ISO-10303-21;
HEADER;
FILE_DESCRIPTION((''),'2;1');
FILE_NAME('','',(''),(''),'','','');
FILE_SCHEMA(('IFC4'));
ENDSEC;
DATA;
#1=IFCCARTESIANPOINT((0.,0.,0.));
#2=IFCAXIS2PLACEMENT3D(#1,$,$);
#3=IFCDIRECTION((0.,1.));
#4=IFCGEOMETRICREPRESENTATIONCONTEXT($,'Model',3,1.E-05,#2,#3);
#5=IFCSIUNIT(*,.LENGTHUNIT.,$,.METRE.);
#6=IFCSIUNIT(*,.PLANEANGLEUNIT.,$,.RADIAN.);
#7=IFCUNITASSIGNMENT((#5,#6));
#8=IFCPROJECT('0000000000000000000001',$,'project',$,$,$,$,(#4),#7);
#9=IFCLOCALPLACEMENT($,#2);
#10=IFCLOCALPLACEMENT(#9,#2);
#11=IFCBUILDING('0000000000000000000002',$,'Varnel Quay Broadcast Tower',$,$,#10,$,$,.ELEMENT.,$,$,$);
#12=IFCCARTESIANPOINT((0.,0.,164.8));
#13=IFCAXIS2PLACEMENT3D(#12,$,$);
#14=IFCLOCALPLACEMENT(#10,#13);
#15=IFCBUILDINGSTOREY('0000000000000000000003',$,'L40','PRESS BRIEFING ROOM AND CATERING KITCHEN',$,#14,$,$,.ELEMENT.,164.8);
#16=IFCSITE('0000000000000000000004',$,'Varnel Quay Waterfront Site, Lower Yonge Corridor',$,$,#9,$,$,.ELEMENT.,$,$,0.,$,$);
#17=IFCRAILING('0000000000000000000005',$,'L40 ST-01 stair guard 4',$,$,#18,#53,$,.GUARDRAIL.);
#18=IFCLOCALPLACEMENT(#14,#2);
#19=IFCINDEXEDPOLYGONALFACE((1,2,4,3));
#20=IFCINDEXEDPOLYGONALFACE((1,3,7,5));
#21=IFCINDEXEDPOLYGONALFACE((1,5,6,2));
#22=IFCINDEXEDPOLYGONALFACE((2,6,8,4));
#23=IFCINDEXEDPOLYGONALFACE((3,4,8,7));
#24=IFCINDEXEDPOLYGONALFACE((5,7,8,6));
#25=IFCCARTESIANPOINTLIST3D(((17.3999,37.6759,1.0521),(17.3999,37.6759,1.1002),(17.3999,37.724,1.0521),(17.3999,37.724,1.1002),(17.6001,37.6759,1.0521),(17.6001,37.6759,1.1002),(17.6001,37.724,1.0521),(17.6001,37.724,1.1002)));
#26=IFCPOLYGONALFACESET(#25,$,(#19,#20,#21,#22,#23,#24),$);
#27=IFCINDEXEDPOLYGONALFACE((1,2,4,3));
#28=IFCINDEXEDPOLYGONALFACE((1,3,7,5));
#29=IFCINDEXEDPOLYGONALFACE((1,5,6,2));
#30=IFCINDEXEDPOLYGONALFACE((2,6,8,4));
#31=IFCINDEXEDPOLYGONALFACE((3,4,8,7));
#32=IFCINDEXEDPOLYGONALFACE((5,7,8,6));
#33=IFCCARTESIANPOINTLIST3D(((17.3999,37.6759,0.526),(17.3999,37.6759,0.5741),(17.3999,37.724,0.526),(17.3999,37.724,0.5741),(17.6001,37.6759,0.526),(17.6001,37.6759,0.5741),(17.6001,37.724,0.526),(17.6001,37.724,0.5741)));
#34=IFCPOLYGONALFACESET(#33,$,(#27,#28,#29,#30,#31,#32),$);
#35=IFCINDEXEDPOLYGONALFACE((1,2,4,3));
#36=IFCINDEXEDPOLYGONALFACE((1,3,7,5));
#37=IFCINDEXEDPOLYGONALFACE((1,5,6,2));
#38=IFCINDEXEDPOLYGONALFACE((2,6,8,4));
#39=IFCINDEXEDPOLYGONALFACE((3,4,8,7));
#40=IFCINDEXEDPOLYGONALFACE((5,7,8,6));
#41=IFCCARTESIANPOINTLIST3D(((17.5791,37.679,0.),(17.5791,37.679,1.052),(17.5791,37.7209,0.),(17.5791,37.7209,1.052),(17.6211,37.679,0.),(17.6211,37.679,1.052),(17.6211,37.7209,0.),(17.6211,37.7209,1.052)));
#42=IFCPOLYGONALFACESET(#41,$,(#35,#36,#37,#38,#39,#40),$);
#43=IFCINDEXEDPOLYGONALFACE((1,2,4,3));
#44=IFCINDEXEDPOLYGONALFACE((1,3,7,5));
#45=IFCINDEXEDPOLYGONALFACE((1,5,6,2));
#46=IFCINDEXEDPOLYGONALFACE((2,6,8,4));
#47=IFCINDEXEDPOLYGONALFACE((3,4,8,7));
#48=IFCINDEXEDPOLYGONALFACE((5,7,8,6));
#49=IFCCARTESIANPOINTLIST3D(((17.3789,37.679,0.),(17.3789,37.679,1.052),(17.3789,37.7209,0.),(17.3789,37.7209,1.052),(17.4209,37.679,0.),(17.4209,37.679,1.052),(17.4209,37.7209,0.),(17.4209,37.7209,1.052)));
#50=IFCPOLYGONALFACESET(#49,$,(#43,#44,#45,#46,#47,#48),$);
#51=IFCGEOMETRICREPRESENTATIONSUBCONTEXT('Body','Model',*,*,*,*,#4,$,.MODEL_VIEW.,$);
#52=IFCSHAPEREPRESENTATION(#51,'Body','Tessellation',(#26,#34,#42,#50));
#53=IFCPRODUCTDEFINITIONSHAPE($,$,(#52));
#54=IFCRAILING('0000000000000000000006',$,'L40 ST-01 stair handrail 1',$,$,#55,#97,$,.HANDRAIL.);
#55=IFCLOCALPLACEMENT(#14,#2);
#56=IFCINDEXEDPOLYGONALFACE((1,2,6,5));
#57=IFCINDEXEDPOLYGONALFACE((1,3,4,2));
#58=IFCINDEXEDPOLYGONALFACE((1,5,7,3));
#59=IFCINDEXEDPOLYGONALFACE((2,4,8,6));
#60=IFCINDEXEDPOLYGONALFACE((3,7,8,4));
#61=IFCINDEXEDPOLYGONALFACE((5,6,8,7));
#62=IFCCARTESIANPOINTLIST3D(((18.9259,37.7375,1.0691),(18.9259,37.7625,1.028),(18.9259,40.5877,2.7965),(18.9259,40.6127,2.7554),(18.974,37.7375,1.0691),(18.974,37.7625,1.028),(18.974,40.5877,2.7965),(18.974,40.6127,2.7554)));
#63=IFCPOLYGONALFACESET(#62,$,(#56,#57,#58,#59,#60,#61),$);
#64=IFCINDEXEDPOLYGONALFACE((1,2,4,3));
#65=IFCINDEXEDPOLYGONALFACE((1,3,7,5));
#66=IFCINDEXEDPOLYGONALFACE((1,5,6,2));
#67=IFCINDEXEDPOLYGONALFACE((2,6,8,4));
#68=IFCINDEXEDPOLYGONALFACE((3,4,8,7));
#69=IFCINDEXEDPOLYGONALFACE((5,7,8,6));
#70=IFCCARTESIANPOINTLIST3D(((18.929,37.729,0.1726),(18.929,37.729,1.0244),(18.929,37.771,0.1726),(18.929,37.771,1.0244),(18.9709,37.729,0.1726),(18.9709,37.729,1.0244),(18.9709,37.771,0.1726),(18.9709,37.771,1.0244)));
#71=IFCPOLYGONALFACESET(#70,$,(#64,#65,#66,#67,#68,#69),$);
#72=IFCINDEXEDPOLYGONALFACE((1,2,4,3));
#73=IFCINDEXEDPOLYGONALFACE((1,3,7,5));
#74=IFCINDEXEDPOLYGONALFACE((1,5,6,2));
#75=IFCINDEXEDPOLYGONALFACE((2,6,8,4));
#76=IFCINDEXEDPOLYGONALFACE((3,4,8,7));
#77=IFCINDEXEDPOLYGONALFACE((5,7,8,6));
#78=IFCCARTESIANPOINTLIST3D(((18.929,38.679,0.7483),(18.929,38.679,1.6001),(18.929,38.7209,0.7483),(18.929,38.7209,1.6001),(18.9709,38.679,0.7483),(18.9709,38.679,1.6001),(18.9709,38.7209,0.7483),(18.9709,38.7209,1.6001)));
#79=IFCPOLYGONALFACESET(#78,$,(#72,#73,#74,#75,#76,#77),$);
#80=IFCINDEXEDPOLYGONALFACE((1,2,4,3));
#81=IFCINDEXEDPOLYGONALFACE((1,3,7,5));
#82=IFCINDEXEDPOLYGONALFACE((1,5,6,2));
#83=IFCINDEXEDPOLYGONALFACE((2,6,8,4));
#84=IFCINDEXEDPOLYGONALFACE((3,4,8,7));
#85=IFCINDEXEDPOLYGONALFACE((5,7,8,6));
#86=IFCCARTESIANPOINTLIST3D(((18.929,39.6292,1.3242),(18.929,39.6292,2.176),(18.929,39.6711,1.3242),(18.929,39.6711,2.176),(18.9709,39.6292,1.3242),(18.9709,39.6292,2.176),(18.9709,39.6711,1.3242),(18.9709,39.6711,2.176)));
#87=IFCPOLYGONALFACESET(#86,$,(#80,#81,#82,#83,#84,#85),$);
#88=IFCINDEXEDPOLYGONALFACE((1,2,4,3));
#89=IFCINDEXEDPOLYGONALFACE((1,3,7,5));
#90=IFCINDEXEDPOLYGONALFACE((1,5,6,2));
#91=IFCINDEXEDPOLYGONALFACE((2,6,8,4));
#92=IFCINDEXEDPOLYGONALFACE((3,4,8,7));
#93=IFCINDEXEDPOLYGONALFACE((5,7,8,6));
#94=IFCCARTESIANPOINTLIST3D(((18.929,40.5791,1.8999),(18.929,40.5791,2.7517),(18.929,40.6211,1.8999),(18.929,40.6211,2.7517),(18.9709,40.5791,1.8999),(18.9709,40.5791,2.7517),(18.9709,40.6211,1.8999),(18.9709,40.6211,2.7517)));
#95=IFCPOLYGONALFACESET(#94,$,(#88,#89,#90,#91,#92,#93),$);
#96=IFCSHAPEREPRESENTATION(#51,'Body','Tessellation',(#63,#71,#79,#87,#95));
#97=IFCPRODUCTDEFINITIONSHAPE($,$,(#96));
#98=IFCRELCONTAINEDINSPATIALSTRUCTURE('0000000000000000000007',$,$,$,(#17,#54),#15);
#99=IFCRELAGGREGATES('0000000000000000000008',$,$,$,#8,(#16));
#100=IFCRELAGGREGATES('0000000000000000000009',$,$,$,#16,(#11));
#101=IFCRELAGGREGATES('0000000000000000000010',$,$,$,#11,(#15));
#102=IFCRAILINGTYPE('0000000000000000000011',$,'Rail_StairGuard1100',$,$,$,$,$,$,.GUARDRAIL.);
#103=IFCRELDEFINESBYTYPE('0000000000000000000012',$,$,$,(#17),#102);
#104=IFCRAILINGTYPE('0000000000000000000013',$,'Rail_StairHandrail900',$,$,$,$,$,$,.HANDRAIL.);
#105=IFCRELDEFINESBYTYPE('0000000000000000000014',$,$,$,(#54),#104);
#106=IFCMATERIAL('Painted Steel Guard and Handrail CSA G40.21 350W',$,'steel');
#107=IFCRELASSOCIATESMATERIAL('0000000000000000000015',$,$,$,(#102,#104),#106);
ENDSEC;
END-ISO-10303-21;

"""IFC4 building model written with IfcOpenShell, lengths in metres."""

from ifc_helpers import new_model, si_unit, direction, frame, origin, origin_2d, place, context, subcontext, project, spatial, rectangle, extrude, material, type_object, element, save


model = new_model("IFC4")

# Units and contexts
model_context = context("Model", 3, precision=1e-05, world=origin(), true_north=direction((0.0, 1.0)))
body_context = subcontext(model_context, "Body", "Model", "MODEL_VIEW")
ifc_project = project(units=[si_unit("LENGTHUNIT", "METRE"), si_unit("PLANEANGLEUNIT", "RADIAN")], contexts=[model_context])

# Site, building, storey
site_placement = place(None, origin())
site = spatial("IfcSite", under=ifc_project, at=site_placement, Name="Varnel Quay Waterfront Site, Lower Yonge Corridor", CompositionType="ELEMENT", RefElevation=0.0)
building_placement = place(site_placement, origin())
building = spatial("IfcBuilding", under=site, at=building_placement, Name="Varnel Quay Broadcast Tower", CompositionType="ELEMENT")
storey_placement = place(building_placement, frame((0.0, 0.0, 164.8)))
storey = spatial("IfcBuildingStorey", under=building, at=storey_placement, Name="L40", Description="PRESS BRIEFING ROOM AND CATERING KITCHEN", CompositionType="ELEMENT", Elevation=164.8)

# Railings
ifc_material_1 = material(Name="Painted Steel Guard and Handrail CSA G40.21 350W", Category="steel")
railing_type_1 = type_object("IfcRailingType", Name="Rail_StairGuard1100", PredefinedType="GUARDRAIL", material=ifc_material_1)
railing_1_placement = place(storey_placement, frame((17.6001, 37.7, 0.0)))
element("IfcRailing", 1, at=railing_1_placement, inside=storey, type_object=railing_type_1, Name="L40 ST-01 stair guard 4", PredefinedType="GUARDRAIL", context=body_context, shape_type="SweptSolid", body=[
    extrude(rectangle(XDim=0.0481, YDim=0.0481, at=origin_2d()), frame((0.0, 0.0, 1.0762), z_axis=(-1.0, 0.0, 0.0), x_axis=(0.0, -1.0, 0.0)), (0.0, 0.0, 1.0), 0.2002),
    extrude(rectangle(XDim=0.0481, YDim=0.0481, at=origin_2d()), frame((0.0, 0.0, 0.55), z_axis=(-1.0, 0.0, 0.0), x_axis=(0.0, -1.0, 0.0)), (0.0, 0.0, 1.0), 0.2002),
    extrude(rectangle(XDim=0.042, YDim=0.042, at=origin_2d()), origin(), (0.0, 0.0, 1.0), 1.052),
    extrude(rectangle(XDim=0.042, YDim=0.042, at=origin_2d()), frame((-0.2002, 0.0, 0.0)), (0.0, 0.0, 1.0), 1.052),
])
railing_type_2 = type_object("IfcRailingType", Name="Rail_StairHandrail900", PredefinedType="HANDRAIL", material=ifc_material_1)
railing_2_placement = place(storey_placement, frame((18.95, 37.75, 0.1726)))
element("IfcRailing", 2, at=railing_2_placement, inside=storey, type_object=railing_type_2, Name="L40 ST-01 stair handrail 1", PredefinedType="HANDRAIL", context=body_context, shape_type="SweptSolid", body=[
    extrude(rectangle(XDim=0.0481, YDim=0.0481, at=origin_2d()), frame((0.0, 0.0, 0.876), z_axis=(0.0, 0.855203, 0.518294), x_axis=(-1.0, 0.0, 0.0)), (0.0, 0.0, 1.0), 3.3328),
    extrude(rectangle(XDim=0.042, YDim=0.042, at=origin_2d()), origin(), (0.0, 0.0, 1.0), 0.8518),
    extrude(rectangle(XDim=0.042, YDim=0.042, at=origin_2d()), frame((0.0, 0.95, 0.5757)), (0.0, 0.0, 1.0), 0.8518),
    extrude(rectangle(XDim=0.042, YDim=0.042, at=origin_2d()), frame((0.0, 1.9001, 1.1516)), (0.0, 0.0, 1.0), 0.8518),
    extrude(rectangle(XDim=0.042, YDim=0.042, at=origin_2d()), frame((0.0, 2.8501, 1.7273)), (0.0, 0.0, 1.0), 0.8518),
])

save(model, "model.ifc")
